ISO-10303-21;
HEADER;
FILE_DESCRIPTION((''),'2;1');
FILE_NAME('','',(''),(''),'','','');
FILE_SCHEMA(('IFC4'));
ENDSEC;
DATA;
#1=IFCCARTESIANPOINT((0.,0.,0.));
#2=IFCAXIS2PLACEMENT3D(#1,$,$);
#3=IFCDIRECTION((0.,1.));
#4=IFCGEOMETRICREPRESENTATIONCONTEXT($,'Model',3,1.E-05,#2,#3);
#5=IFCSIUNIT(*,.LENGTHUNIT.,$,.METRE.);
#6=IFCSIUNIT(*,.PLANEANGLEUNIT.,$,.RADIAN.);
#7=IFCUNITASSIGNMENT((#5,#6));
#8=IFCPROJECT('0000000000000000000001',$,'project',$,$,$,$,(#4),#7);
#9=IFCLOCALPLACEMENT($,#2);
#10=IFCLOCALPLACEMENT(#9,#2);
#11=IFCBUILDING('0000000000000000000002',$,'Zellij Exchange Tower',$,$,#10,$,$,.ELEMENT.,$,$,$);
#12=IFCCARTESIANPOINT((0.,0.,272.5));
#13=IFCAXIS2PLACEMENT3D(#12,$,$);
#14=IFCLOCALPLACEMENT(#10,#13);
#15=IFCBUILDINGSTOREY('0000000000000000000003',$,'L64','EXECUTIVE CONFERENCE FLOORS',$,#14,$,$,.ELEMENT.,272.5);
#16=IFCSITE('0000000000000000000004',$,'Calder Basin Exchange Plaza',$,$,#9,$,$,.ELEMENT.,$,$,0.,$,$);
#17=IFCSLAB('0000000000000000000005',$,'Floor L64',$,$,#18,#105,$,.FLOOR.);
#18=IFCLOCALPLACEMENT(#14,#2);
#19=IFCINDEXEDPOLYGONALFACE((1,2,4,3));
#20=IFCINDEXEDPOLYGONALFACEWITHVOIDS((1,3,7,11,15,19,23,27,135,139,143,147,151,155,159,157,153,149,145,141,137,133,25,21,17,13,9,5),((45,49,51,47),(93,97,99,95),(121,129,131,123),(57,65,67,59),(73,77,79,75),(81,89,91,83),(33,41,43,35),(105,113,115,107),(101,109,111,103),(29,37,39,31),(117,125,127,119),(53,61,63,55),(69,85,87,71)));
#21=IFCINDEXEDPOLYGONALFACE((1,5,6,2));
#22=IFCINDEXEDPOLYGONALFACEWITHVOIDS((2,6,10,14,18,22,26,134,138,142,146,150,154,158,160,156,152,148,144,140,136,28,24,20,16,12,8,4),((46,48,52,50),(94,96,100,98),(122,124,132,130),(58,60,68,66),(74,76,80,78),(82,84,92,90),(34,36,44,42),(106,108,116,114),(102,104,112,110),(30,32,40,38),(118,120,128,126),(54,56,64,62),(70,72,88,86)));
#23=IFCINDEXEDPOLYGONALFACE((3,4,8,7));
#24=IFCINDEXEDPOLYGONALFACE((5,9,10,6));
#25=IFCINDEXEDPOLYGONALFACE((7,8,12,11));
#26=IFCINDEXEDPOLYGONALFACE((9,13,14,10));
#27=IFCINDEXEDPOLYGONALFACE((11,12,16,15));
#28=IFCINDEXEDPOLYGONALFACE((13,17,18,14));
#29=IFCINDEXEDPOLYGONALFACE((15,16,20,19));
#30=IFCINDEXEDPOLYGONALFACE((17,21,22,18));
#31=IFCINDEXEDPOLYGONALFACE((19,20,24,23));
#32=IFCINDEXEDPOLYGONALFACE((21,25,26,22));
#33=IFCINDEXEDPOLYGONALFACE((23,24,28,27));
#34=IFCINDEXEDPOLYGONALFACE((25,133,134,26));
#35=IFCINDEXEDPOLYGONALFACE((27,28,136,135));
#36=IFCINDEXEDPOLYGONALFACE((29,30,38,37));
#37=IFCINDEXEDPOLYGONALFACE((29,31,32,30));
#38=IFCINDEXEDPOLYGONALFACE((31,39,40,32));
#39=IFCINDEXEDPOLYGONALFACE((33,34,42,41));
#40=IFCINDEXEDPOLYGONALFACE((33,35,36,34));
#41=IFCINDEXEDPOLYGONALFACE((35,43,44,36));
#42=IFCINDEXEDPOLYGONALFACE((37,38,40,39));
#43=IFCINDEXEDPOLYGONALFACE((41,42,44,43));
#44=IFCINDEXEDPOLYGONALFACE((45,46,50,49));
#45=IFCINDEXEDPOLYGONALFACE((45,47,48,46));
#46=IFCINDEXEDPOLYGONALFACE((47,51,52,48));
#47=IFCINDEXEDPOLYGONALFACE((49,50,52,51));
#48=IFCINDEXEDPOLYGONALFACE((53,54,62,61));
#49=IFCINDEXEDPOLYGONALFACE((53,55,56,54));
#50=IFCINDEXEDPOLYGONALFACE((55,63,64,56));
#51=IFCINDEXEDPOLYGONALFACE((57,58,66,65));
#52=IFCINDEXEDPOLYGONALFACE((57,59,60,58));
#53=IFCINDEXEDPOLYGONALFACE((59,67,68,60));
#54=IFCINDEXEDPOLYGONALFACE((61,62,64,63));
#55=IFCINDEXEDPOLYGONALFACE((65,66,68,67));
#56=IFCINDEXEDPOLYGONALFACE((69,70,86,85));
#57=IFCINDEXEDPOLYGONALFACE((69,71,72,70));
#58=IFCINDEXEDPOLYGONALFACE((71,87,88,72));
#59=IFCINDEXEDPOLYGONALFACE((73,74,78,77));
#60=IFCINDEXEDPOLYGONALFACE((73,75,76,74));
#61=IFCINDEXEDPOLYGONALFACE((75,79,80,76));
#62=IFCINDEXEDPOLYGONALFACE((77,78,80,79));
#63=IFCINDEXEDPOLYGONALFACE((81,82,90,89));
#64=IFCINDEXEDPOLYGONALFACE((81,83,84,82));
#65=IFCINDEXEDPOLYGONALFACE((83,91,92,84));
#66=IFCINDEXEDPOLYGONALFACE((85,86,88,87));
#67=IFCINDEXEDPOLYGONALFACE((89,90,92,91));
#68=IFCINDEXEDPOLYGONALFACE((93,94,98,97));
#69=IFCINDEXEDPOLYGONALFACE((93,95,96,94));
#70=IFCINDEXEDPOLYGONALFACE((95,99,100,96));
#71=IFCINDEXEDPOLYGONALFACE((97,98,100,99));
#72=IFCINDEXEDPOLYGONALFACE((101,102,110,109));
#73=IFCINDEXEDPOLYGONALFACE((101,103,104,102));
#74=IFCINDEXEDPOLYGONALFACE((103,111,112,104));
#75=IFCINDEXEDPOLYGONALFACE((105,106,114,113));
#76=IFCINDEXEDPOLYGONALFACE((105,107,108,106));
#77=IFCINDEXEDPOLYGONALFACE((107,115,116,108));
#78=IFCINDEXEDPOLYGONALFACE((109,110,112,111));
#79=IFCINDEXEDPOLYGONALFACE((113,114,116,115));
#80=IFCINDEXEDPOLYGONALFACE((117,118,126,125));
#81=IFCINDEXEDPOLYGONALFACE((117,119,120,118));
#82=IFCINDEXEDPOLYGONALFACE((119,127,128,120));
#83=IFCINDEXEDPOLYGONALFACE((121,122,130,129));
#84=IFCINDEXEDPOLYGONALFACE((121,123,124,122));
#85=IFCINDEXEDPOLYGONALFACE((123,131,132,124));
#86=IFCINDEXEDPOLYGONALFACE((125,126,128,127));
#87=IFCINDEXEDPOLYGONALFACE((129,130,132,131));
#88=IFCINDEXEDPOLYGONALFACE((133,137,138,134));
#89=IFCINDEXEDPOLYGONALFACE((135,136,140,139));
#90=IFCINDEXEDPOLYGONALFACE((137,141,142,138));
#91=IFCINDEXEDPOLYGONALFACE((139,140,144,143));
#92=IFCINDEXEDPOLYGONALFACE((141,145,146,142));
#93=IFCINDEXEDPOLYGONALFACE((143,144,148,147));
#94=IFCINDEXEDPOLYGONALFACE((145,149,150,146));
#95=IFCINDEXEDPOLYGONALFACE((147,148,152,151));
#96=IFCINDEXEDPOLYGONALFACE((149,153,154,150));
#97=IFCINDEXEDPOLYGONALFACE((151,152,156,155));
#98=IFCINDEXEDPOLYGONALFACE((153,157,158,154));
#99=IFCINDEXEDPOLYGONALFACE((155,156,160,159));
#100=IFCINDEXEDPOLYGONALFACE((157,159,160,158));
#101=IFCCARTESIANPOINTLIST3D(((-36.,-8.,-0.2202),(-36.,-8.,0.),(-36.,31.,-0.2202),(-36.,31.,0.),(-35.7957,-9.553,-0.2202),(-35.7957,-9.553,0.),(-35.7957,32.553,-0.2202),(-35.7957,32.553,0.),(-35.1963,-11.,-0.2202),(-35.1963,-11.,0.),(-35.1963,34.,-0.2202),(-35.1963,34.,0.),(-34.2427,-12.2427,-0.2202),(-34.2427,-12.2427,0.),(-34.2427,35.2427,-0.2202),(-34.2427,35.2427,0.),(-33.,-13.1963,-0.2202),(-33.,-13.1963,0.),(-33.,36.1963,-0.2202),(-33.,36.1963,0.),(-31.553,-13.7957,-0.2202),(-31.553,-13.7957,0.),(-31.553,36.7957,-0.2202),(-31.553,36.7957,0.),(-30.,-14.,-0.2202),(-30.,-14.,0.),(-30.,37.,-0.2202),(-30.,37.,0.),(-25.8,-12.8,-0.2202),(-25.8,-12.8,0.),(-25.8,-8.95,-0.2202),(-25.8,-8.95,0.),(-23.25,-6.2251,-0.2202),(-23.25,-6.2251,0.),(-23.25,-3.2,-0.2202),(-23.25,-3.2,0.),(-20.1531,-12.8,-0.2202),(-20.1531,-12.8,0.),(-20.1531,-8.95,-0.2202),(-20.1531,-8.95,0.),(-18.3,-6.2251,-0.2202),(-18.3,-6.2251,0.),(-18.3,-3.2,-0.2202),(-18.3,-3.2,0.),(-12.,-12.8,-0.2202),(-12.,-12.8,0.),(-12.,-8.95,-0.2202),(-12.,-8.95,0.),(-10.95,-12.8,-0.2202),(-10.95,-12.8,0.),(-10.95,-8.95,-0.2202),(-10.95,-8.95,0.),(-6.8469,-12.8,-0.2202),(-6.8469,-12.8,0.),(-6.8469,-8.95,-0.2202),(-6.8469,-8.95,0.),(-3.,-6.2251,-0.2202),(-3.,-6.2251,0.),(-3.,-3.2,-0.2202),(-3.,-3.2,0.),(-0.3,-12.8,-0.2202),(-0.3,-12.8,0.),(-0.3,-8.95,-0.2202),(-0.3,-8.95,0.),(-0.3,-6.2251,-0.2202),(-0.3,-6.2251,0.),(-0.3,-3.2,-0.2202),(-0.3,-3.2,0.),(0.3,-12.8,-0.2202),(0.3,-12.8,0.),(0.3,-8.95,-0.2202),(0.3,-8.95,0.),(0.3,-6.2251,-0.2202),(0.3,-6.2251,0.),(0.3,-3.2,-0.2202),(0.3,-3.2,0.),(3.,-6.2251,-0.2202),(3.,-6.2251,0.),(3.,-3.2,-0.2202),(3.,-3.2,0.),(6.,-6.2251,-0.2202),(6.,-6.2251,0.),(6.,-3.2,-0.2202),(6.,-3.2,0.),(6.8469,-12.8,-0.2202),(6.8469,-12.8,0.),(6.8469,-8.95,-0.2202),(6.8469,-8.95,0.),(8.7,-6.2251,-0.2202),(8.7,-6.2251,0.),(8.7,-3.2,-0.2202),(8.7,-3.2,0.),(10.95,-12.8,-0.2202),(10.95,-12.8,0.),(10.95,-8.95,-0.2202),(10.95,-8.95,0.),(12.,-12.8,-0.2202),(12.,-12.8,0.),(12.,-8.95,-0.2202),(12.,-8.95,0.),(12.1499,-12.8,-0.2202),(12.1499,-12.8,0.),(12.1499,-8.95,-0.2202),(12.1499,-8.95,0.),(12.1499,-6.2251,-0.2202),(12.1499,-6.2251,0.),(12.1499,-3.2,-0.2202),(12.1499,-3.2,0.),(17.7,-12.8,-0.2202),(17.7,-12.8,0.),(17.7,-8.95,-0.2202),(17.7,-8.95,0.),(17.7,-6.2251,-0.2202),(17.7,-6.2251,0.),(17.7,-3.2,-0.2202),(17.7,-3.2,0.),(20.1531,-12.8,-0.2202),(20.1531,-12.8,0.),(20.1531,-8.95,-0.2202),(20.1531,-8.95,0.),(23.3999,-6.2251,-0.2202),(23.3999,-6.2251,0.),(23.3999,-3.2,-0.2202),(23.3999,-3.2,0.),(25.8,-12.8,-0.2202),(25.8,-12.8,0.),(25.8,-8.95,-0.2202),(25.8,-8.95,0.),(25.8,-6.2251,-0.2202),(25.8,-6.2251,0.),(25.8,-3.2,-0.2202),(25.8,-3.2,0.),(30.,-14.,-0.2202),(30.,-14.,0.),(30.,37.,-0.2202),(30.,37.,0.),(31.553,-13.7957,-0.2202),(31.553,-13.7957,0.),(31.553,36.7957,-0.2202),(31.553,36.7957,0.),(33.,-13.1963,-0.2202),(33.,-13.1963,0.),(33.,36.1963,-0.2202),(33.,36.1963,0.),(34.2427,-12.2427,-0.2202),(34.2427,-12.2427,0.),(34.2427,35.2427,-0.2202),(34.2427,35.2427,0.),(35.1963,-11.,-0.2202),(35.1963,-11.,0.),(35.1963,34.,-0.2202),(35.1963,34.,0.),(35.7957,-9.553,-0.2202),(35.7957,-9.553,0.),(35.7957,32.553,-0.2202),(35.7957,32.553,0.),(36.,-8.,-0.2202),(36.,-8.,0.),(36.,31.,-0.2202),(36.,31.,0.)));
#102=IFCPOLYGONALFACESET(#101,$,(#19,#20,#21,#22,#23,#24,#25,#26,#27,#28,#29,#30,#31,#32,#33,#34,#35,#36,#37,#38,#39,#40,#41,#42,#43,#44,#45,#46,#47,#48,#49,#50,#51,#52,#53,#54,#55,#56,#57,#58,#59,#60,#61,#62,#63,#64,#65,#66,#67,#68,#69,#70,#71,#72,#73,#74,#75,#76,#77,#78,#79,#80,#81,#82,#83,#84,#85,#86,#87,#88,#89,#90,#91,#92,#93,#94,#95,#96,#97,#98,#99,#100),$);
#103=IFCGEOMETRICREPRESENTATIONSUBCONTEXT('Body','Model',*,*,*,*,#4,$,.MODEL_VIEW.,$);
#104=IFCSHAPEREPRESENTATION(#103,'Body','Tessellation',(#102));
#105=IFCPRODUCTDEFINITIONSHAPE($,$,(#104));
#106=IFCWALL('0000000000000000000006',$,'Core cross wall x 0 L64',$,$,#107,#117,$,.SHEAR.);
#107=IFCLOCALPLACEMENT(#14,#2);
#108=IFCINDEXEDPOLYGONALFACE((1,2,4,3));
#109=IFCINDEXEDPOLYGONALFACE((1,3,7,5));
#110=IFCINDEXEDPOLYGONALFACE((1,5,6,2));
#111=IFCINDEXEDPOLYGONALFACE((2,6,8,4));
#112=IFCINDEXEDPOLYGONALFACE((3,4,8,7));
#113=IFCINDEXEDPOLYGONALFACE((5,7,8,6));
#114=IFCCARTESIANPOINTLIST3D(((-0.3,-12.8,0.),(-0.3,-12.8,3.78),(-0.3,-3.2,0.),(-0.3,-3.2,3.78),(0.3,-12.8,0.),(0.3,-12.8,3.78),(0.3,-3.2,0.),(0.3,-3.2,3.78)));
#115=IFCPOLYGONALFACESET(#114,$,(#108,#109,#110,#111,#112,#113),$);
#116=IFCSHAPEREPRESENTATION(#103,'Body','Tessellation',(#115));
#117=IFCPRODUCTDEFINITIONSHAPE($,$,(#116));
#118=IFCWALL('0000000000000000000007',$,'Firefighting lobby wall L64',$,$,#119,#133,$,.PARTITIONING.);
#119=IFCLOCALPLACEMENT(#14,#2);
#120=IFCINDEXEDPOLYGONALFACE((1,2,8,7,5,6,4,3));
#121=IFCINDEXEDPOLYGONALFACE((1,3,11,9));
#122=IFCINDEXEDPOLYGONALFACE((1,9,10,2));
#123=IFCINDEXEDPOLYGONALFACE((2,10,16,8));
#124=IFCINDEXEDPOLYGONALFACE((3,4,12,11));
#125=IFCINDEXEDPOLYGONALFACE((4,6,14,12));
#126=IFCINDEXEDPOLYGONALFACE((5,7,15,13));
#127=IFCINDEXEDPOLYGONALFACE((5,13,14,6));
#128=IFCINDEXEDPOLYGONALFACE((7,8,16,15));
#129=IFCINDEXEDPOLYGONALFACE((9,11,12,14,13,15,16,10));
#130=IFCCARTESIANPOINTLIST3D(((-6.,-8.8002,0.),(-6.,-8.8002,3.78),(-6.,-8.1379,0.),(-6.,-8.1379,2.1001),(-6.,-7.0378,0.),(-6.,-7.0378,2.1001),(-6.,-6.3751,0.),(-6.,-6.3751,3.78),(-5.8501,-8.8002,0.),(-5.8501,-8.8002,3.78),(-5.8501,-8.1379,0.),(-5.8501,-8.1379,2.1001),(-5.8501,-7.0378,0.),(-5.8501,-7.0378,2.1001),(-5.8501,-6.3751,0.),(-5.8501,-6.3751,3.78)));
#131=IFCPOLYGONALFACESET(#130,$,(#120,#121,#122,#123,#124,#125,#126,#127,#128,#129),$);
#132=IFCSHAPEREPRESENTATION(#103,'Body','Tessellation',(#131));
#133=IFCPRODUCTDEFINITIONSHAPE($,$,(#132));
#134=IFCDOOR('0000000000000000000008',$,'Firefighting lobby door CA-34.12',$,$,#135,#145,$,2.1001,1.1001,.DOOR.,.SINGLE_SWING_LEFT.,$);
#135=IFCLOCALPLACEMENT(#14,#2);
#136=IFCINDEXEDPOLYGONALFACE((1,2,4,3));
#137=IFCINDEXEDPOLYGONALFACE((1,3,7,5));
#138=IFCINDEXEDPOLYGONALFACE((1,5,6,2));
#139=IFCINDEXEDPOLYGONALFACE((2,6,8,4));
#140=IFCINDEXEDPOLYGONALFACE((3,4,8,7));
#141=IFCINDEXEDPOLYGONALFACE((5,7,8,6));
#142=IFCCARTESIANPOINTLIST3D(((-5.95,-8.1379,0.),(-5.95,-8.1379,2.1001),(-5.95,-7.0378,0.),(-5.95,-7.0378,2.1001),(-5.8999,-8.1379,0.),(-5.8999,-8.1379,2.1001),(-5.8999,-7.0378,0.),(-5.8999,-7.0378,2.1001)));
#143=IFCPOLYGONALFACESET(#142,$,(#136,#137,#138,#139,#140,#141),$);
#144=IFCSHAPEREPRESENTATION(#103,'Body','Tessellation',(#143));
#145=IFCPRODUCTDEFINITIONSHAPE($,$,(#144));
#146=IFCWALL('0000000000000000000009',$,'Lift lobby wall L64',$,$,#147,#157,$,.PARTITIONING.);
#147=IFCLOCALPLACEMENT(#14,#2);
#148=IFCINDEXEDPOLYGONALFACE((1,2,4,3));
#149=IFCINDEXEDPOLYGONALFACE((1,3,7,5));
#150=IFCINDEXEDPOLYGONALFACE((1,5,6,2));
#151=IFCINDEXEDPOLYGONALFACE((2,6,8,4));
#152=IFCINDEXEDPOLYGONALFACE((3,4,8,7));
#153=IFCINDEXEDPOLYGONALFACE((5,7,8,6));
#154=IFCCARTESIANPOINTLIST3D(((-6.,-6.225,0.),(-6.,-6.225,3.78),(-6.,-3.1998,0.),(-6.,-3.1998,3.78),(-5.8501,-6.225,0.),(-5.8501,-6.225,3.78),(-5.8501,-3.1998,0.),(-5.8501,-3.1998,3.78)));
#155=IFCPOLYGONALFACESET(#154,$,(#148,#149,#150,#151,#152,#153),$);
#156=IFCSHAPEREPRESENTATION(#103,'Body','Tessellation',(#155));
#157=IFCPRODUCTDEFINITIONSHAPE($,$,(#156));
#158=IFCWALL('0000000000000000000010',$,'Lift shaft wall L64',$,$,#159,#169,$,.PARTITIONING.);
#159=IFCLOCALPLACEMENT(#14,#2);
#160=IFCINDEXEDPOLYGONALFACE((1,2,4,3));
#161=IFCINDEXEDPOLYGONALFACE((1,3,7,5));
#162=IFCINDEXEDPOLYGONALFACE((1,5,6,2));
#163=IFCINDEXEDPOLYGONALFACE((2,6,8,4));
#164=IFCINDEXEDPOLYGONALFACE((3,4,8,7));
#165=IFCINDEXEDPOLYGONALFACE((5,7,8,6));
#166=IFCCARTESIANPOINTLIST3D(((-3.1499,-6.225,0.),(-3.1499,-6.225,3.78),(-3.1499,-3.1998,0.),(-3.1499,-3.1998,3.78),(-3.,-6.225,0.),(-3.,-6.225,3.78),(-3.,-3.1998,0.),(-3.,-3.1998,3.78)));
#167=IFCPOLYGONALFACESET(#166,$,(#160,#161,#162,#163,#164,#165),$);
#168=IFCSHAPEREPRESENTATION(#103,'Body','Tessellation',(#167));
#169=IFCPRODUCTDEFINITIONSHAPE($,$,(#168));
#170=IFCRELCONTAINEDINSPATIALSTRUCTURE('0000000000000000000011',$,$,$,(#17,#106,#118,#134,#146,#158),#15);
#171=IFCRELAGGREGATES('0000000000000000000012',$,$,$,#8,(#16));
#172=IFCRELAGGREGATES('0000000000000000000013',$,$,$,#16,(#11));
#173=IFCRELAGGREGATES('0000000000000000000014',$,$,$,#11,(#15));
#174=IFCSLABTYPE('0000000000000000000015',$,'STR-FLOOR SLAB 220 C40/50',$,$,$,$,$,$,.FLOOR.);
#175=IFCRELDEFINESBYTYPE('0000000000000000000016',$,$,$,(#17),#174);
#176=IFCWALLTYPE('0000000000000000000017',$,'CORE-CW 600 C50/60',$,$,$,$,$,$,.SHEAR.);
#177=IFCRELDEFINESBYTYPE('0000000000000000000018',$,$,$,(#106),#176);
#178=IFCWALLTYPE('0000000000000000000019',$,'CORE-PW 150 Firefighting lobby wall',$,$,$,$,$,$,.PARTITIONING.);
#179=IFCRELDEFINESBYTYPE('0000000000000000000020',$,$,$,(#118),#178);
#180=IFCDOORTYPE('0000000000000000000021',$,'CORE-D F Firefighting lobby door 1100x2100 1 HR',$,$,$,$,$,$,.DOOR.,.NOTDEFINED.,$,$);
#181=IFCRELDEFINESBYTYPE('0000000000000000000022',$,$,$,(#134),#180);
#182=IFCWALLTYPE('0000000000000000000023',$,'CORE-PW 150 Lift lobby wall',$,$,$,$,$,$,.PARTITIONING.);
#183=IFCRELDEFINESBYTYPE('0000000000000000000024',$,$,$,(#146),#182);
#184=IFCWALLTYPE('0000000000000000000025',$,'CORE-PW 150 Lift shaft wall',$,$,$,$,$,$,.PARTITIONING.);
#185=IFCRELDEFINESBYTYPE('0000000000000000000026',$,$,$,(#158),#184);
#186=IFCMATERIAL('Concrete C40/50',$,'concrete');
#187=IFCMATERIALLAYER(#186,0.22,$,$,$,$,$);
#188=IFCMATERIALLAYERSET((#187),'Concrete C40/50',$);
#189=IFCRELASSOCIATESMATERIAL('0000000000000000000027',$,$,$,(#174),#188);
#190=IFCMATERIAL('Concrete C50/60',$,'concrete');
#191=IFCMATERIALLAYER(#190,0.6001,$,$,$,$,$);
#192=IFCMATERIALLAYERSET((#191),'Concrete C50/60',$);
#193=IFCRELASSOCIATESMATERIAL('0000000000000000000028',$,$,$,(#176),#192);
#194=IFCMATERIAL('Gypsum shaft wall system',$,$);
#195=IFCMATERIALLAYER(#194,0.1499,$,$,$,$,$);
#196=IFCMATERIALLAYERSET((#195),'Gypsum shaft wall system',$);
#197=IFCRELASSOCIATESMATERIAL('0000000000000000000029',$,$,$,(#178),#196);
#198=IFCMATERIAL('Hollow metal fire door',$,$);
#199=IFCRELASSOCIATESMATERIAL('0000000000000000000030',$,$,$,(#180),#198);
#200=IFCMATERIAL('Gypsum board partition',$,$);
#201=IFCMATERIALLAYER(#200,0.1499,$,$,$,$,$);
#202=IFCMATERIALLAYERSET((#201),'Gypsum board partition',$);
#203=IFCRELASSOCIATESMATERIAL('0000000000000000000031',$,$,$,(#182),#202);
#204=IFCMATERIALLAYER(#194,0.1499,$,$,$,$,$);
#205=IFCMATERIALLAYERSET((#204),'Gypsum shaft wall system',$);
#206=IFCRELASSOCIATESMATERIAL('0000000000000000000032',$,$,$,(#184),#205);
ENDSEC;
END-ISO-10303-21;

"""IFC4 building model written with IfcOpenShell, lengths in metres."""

from ifc_helpers import new_model, si_unit, direction, frame, frame_2d, origin, place, context, subcontext, project, spatial, polyline, rectangle, outline, extrude, material, layer, layer_set, type_object, element, fill, save


model = new_model("IFC4")

# Units and contexts
model_context = context("Model", 3, precision=1e-05, world=origin(), true_north=direction((0.0, 1.0)))
body_context = subcontext(model_context, "Body", "Model", "MODEL_VIEW")
ifc_project = project(units=[si_unit("LENGTHUNIT", "METRE"), si_unit("PLANEANGLEUNIT", "RADIAN")], contexts=[model_context])

# Site, building, storey
site_placement = place(None, origin())
site = spatial("IfcSite", under=ifc_project, at=site_placement, Name="Calder Basin Exchange Plaza", CompositionType="ELEMENT", RefElevation=0.0)
building_placement = place(site_placement, origin())
building = spatial("IfcBuilding", under=site, at=building_placement, Name="Zellij Exchange Tower", CompositionType="ELEMENT")
storey_placement = place(building_placement, frame((0.0, 0.0, 272.5)))
storey = spatial("IfcBuildingStorey", under=building, at=storey_placement, Name="L64", Description="EXECUTIVE CONFERENCE FLOORS", CompositionType="ELEMENT", Elevation=272.5)

# Slab
ifc_material_1 = material(Name="Concrete C40/50", Category="concrete")
ifc_layer_1 = layer(ifc_material_1, 0.22)
ifc_layer_set_1 = layer_set([ifc_layer_1], Name="Concrete C40/50")
slab_type = type_object("IfcSlabType", Name="STR-FLOOR SLAB 220 C40/50", PredefinedType="FLOOR", material=ifc_layer_set_1)
slab_placement = place(storey_placement, frame((0.0, 0.0, -0.2202)))
element("IfcSlab", 1, at=slab_placement, inside=storey, type_object=slab_type, Name="Floor L64", PredefinedType="FLOOR", context=body_context, shape_type="SweptSolid", body=[
    extrude(outline(polyline([(-30.0, -14.0), (-31.553, -13.7957), (-33.0, -13.1963), (-34.2427, -12.2427), (-35.1963, -11.0), (-35.7957, -9.553), (-36.0, -8.0), (-36.0, 31.0), (-35.7957, 32.553), (-35.1963, 34.0), (-34.2427, 35.2427), (-33.0, 36.1963), (-31.553, 36.7957), (-30.0, 37.0), (30.0, 37.0), (31.553, 36.7957), (33.0, 36.1963), (34.2427, 35.2427), (35.1963, 34.0), (35.7957, 32.553), (36.0, 31.0), (36.0, -8.0), (35.7957, -9.553), (35.1963, -11.0), (34.2427, -12.2427), (33.0, -13.1963), (31.553, -13.7957), (30.0, -14.0), (-30.0, -14.0)]), holes=[polyline([(-25.8, -8.95), (-25.8, -12.8), (-20.1531, -12.8), (-20.1531, -8.95), (-25.8, -8.95)]), polyline([(-10.95, -8.95), (-12.0, -8.95), (-12.0, -12.8), (-10.95, -12.8), (-10.95, -8.95)]), polyline([(-0.3, -8.95), (-6.8469, -8.95), (-6.8469, -12.8), (-0.3, -12.8), (-0.3, -8.95)]), polyline([(0.3, -8.95), (0.3, -12.8), (6.8469, -12.8), (6.8469, -8.95), (0.3, -8.95)]), polyline([(-18.3, -3.2), (-23.25, -3.2), (-23.25, -6.2251), (-18.3, -6.2251), (-18.3, -3.2)]), polyline([(-0.3, -3.2), (-3.0, -3.2), (-3.0, -6.2251), (-0.3, -6.2251), (-0.3, -3.2)]), polyline([(0.3, -3.2), (0.3, -6.2251), (3.0, -6.2251), (3.0, -3.2), (0.3, -3.2)]), polyline([(12.0, -8.95), (10.95, -8.95), (10.95, -12.8), (12.0, -12.8), (12.0, -8.95)]), polyline([(17.7, -8.95), (12.1499, -8.95), (12.1499, -12.8), (17.7, -12.8), (17.7, -8.95)]), polyline([(25.8, -8.95), (20.1531, -8.95), (20.1531, -12.8), (25.8, -12.8), (25.8, -8.95)]), polyline([(8.7, -3.2), (6.0, -3.2), (6.0, -6.2251), (8.7, -6.2251), (8.7, -3.2)]), polyline([(17.7, -3.2), (12.1499, -3.2), (12.1499, -6.2251), (17.7, -6.2251), (17.7, -3.2)]), polyline([(25.8, -3.2), (23.3999, -3.2), (23.3999, -6.2251), (25.8, -6.2251), (25.8, -3.2)])]), origin(), (0.0, 0.0, 1.0), 0.2202),
])

# Wall
ifc_material_2 = material(Name="Concrete C50/60", Category="concrete")
ifc_layer_2 = layer(ifc_material_2, 0.6001)
ifc_layer_set_2 = layer_set([ifc_layer_2], Name="Concrete C50/60")
wall_type_1 = type_object("IfcWallType", Name="CORE-CW 600 C50/60", PredefinedType="SHEAR", material=ifc_layer_set_2)
wall_1_placement = place(storey_placement, frame((0.0, -12.8, 0.0), z_axis=(0.0, 0.0, 1.0), x_axis=(0.0, 1.0, 0.0)))
element("IfcWall", 2, at=wall_1_placement, inside=storey, type_object=wall_type_1, Name="Core cross wall x 0 L64", PredefinedType="SHEAR", context=body_context, shape_type="SweptSolid", body=[
    extrude(rectangle(XDim=9.6001, YDim=0.6001, at=frame_2d((4.8, 0.0))), origin(), (0.0, 0.0, 1.0), 3.78),
])

# Wall, opening, door
ifc_material_3 = material(Name="Gypsum shaft wall system")
ifc_layer_3 = layer(ifc_material_3, 0.1499)
ifc_layer_set_3 = layer_set([ifc_layer_3], Name="Gypsum shaft wall system")
wall_type_2 = type_object("IfcWallType", Name="CORE-PW 150 Firefighting lobby wall", PredefinedType="PARTITIONING", material=ifc_layer_set_3)
wall_2_placement = place(storey_placement, frame((-5.925, -8.8, 0.0), z_axis=(0.0, 0.0, 1.0), x_axis=(0.0, 1.0, 0.0)))
wall_2 = element("IfcWall", 3, at=wall_2_placement, inside=storey, type_object=wall_type_2, Name="Firefighting lobby wall L64", PredefinedType="PARTITIONING", context=body_context, shape_type="SweptSolid", body=[
    extrude(rectangle(XDim=2.425, YDim=0.1499, at=frame_2d((1.2124, 0.0))), origin(), (0.0, 0.0, 1.0), 3.78),
])
opening_1_placement = place(wall_2_placement, frame((0.6621, 0.0, 0.0)))
opening_1 = element("IfcOpeningElement", 4, at=opening_1_placement, cuts=wall_2, PredefinedType="OPENING", context=body_context, shape_type="SweptSolid", body=[
    extrude(rectangle(XDim=1.1001, YDim=2.1001, at=frame_2d((0.55, 1.05))), frame((0.0, 0.0869, 0.0), z_axis=(0.0, -1.0, 0.0), x_axis=(1.0, 0.0, 0.0)), (0.0, 0.0, 1.0), 0.1738),
])
ifc_material_4 = material(Name="Hollow metal fire door")
door_type_1 = type_object("IfcDoorType", Name="CORE-D F Firefighting lobby door 1100x2100 1 HR", OperationType="NOTDEFINED", PredefinedType="DOOR", material=ifc_material_4)
door_1_placement = place(opening_1_placement, origin())
door_1 = element("IfcDoor", 5, at=door_1_placement, inside=storey, type_object=door_type_1, Name="Firefighting lobby door CA-34.12", OperationType="SINGLE_SWING_LEFT", OverallHeight=2.1001, OverallWidth=1.1001, PredefinedType="DOOR", context=body_context, shape_type="SweptSolid", body=[
    extrude(rectangle(XDim=1.1001, YDim=2.1001, at=frame_2d((0.55, 1.05))), frame((0.0, 0.0249, 0.0), z_axis=(0.0, -1.0, 0.0), x_axis=(1.0, 0.0, 0.0)), (0.0, 0.0, 1.0), 0.05),
])
fill(opening_1, door_1)

# Walls
ifc_material_5 = material(Name="Gypsum board partition")
ifc_layer_4 = layer(ifc_material_5, 0.1499)
ifc_layer_set_4 = layer_set([ifc_layer_4], Name="Gypsum board partition")
wall_type_3 = type_object("IfcWallType", Name="CORE-PW 150 Lift lobby wall", PredefinedType="PARTITIONING", material=ifc_layer_set_4)
wall_3_placement = place(storey_placement, frame((-5.925, -6.2251, 0.0), z_axis=(0.0, 0.0, 1.0), x_axis=(0.0, 1.0, 0.0)))
element("IfcWall", 6, at=wall_3_placement, inside=storey, type_object=wall_type_3, Name="Lift lobby wall L64", PredefinedType="PARTITIONING", context=body_context, shape_type="SweptSolid", body=[
    extrude(rectangle(XDim=3.0251, YDim=0.1499, at=frame_2d((1.5127, 0.0))), origin(), (0.0, 0.0, 1.0), 3.78),
])
ifc_layer_5 = layer(ifc_material_3, 0.1499)
ifc_layer_set_5 = layer_set([ifc_layer_5], Name="Gypsum shaft wall system")
wall_type_4 = type_object("IfcWallType", Name="CORE-PW 150 Lift shaft wall", PredefinedType="PARTITIONING", material=ifc_layer_set_5)
wall_4_placement = place(storey_placement, frame((-3.075, -6.2251, 0.0), z_axis=(0.0, 0.0, 1.0), x_axis=(0.0, 1.0, 0.0)))
element("IfcWall", 7, at=wall_4_placement, inside=storey, type_object=wall_type_4, Name="Lift shaft wall L64", PredefinedType="PARTITIONING", context=body_context, shape_type="SweptSolid", body=[
    extrude(rectangle(XDim=3.0251, YDim=0.1499, at=frame_2d((1.5127, 0.0))), origin(), (0.0, 0.0, 1.0), 3.78),
])

save(model, "model.ifc")
